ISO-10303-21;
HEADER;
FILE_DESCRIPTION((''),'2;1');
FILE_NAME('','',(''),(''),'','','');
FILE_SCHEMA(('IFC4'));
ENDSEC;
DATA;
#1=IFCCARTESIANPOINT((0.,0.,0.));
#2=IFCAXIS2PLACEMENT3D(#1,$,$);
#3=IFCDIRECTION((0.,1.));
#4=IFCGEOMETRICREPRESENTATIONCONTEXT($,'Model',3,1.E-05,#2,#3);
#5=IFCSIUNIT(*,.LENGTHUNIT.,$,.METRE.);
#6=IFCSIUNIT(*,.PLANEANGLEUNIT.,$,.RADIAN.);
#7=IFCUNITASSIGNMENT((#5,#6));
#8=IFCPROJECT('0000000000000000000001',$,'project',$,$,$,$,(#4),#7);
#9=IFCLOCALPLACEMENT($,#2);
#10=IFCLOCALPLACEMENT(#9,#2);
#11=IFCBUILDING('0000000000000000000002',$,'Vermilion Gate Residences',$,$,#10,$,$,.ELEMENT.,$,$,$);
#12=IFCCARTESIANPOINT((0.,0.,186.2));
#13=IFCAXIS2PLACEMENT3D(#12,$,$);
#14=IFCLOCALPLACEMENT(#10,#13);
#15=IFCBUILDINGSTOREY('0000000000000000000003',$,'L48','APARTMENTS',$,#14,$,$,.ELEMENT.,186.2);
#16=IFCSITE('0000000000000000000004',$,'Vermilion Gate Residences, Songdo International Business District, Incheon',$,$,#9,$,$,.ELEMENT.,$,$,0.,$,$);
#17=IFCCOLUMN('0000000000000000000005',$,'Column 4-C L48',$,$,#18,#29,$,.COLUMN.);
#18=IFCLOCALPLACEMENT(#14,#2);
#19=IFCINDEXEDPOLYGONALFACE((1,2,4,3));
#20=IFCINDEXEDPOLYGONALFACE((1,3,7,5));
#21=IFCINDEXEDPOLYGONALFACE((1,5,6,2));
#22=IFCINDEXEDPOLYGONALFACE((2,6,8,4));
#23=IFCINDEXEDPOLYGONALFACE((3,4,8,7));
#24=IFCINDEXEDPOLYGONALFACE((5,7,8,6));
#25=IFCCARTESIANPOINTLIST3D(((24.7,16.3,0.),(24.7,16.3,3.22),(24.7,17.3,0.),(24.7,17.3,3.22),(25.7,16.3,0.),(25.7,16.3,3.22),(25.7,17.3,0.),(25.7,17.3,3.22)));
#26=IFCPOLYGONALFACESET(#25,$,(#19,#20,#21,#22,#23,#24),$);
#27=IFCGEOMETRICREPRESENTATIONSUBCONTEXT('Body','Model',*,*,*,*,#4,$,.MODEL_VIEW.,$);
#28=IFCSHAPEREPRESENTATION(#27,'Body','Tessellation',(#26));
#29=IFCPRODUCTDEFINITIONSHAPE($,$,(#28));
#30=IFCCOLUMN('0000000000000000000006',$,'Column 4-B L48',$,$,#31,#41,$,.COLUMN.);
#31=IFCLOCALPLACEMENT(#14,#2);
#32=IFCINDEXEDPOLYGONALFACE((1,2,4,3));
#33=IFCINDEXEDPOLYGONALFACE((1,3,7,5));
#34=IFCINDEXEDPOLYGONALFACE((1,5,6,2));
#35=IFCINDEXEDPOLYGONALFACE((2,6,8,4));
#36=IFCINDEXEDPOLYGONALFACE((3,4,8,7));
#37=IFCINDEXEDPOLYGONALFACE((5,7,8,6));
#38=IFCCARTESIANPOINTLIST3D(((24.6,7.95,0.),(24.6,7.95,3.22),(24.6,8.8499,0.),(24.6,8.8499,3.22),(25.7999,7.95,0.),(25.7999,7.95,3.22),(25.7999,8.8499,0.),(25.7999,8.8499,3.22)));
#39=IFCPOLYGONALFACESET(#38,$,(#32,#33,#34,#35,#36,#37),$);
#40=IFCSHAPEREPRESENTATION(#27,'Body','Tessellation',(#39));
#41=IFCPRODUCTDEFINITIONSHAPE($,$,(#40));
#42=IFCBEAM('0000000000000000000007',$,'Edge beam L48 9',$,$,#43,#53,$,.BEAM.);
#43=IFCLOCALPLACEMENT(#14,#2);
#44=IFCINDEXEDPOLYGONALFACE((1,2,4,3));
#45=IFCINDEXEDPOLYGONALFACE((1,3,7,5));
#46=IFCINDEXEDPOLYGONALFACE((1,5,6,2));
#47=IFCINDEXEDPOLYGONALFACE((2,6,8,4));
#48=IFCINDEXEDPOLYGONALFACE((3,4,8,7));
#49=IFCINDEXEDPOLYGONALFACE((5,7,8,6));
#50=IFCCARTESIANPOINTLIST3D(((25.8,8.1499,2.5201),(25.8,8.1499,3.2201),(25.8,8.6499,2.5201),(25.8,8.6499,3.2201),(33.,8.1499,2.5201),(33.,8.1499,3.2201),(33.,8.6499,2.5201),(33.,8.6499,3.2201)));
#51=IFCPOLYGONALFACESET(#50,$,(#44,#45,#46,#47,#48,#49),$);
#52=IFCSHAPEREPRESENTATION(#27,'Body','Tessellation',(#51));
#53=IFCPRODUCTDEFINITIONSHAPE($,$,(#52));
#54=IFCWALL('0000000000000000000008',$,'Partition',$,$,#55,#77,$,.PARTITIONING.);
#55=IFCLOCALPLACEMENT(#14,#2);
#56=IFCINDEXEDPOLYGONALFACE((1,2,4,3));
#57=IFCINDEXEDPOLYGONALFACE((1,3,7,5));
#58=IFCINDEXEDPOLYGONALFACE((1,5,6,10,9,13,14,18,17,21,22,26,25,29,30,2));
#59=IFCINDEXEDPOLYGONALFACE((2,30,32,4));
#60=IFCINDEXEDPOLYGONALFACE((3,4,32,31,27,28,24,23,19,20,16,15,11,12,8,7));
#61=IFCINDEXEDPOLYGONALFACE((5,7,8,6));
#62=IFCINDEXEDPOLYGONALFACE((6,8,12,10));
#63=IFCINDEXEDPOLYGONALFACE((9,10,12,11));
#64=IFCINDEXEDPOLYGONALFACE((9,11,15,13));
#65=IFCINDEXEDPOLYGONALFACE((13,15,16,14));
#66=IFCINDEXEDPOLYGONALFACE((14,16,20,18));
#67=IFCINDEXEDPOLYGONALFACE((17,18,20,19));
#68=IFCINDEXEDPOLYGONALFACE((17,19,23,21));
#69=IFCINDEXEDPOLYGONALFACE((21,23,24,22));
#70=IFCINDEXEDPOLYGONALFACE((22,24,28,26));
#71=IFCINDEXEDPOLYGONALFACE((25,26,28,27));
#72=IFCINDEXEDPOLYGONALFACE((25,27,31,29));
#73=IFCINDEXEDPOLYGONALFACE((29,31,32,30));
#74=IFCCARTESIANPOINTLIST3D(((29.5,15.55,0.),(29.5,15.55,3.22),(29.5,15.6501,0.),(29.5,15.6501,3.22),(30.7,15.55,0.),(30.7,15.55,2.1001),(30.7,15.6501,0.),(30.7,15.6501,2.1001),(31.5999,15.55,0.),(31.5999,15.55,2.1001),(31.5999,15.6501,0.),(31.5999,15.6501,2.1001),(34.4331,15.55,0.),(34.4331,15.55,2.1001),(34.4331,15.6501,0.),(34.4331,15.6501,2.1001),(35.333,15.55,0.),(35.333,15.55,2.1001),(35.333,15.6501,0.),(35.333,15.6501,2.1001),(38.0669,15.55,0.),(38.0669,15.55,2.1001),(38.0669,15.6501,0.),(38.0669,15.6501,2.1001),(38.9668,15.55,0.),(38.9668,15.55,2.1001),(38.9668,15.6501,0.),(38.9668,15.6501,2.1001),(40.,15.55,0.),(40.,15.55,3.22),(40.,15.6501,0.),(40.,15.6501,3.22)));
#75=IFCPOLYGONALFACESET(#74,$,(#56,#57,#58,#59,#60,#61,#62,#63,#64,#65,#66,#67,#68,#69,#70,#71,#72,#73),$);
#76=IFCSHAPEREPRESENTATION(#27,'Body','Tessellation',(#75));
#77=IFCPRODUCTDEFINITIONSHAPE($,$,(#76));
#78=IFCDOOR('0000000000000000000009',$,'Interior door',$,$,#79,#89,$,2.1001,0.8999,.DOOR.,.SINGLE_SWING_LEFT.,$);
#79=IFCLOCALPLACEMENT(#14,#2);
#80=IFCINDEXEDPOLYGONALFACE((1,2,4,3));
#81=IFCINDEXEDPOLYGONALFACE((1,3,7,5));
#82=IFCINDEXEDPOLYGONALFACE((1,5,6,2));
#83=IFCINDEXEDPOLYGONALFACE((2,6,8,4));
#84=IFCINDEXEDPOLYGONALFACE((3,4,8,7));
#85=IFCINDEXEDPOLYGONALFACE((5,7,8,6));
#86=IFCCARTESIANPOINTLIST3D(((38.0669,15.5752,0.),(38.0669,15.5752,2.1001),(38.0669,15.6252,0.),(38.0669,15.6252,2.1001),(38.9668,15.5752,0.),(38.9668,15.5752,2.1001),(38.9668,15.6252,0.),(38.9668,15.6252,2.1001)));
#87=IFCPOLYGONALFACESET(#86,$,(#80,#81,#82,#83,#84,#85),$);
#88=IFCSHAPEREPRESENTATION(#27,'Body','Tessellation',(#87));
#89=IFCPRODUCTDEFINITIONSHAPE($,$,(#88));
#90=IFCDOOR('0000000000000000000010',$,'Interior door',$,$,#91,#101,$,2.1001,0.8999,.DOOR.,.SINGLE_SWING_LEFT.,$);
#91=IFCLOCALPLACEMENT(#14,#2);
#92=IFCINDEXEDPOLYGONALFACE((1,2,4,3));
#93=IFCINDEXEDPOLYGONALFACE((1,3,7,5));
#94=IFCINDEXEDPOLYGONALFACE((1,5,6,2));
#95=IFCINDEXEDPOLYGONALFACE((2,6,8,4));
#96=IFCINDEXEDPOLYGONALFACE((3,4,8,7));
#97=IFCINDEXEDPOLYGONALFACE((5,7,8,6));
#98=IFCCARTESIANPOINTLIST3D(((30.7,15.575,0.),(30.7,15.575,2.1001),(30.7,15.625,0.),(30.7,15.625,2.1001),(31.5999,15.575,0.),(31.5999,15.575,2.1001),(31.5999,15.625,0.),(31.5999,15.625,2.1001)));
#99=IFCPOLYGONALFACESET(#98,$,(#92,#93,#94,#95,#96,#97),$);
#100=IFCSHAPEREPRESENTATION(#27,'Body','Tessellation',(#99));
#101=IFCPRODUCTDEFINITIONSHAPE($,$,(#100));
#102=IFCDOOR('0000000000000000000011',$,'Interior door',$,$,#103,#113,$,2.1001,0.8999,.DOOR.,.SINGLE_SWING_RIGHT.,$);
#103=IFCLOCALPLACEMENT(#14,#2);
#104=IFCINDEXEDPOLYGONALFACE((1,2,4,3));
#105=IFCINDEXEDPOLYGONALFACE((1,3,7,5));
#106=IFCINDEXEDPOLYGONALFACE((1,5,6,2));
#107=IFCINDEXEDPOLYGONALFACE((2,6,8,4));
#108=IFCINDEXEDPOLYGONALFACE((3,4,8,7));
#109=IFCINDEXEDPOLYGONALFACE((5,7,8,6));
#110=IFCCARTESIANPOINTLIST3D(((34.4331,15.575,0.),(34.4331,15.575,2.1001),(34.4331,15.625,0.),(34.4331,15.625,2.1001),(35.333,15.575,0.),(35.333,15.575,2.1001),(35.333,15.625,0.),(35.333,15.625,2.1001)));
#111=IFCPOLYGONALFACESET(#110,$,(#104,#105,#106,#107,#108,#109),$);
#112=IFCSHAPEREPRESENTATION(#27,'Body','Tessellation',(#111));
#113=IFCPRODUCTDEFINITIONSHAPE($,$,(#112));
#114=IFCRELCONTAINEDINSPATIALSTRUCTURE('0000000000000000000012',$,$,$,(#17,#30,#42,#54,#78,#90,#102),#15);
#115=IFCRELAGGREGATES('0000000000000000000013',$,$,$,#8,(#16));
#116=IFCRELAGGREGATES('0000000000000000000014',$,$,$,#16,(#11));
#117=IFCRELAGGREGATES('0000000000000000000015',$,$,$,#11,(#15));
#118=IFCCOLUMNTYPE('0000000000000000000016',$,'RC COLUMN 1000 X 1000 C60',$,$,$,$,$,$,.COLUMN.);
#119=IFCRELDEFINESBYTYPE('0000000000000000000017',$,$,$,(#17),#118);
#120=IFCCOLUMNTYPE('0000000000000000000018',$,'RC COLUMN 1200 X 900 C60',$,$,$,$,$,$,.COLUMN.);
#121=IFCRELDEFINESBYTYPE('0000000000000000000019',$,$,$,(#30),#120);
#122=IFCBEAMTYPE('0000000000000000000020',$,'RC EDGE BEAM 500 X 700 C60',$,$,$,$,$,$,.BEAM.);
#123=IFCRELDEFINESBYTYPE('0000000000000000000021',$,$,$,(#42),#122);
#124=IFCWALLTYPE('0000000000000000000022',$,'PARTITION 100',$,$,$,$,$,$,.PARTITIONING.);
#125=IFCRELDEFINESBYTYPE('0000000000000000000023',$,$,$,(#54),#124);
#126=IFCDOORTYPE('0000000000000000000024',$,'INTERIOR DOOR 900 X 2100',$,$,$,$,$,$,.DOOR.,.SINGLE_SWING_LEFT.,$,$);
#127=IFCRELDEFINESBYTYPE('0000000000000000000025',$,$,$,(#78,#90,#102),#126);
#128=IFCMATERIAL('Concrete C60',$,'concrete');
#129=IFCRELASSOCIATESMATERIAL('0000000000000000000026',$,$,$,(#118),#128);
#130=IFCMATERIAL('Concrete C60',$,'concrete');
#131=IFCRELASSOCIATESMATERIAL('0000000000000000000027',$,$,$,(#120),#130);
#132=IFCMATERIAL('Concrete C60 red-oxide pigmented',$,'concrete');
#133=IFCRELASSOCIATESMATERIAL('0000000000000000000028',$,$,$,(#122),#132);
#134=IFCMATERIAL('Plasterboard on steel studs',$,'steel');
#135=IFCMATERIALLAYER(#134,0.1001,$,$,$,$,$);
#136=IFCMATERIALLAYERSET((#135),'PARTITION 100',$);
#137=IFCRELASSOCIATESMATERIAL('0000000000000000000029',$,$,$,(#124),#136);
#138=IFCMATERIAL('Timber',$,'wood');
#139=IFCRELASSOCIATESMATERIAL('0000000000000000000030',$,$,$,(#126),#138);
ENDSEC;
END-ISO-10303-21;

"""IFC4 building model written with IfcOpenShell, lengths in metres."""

from ifc_helpers import new_model, si_unit, direction, frame, frame_2d, origin, origin_2d, place, context, subcontext, project, spatial, rectangle, extrude, material, layer, layer_set, material_profile, profile_set, type_object, element, fill, save


model = new_model("IFC4")

# Units and contexts
model_context = context("Model", 3, precision=1e-05, world=origin(), true_north=direction((0.0, 1.0)))
body_context = subcontext(model_context, "Body", "Model", "MODEL_VIEW")
ifc_project = project(units=[si_unit("LENGTHUNIT", "METRE"), si_unit("PLANEANGLEUNIT", "RADIAN")], contexts=[model_context])

# Site, building, storey
site_placement = place(None, origin())
site = spatial("IfcSite", under=ifc_project, at=site_placement, Name="Vermilion Gate Residences, Songdo International Business District, Incheon", CompositionType="ELEMENT", RefElevation=0.0)
building_placement = place(site_placement, origin())
building = spatial("IfcBuilding", under=site, at=building_placement, Name="Vermilion Gate Residences", CompositionType="ELEMENT")
storey_placement = place(building_placement, frame((0.0, 0.0, 186.2)))
storey = spatial("IfcBuildingStorey", under=building, at=storey_placement, Name="L48", Description="APARTMENTS", CompositionType="ELEMENT", Elevation=186.2)

# Columns
ifc_material_1 = material(Name="Concrete C60", Category="concrete")
ifc_material_profile_1 = material_profile(ifc_material_1, rectangle(XDim=1.0, YDim=1.0, at=origin_2d()), Name="RC-1000x1000")
ifc_profile_set_1 = profile_set([ifc_material_profile_1], Name="Concrete C60")
column_type_1 = type_object("IfcColumnType", Name="RC COLUMN 1000 X 1000 C60", PredefinedType="COLUMN", material=ifc_profile_set_1)
column_1_placement = place(storey_placement, frame((25.2, 16.8, 0.0), z_axis=(0.0, 0.0, 1.0), x_axis=(1.0, 0.0, 0.0)))
element("IfcColumn", 1, at=column_1_placement, inside=storey, type_object=column_type_1, Name="Column 4-C L48", PredefinedType="COLUMN", context=body_context, shape_type="SweptSolid", body=[
    extrude(rectangle(XDim=1.0, YDim=1.0, at=origin_2d()), origin(), (0.0, 0.0, 1.0), 3.22),
])
ifc_material_2 = material(Name="Concrete C60", Category="concrete")
ifc_material_profile_2 = material_profile(ifc_material_2, rectangle(XDim=1.2, YDim=0.8999, at=origin_2d()), Name="RC-1200x900")
ifc_profile_set_2 = profile_set([ifc_material_profile_2], Name="Concrete C60")
column_type_2 = type_object("IfcColumnType", Name="RC COLUMN 1200 X 900 C60", PredefinedType="COLUMN", material=ifc_profile_set_2)
column_2_placement = place(storey_placement, frame((25.2, 8.3999, 0.0), z_axis=(0.0, 0.0, 1.0), x_axis=(1.0, 0.0, 0.0)))
element("IfcColumn", 2, at=column_2_placement, inside=storey, type_object=column_type_2, Name="Column 4-B L48", PredefinedType="COLUMN", context=body_context, shape_type="SweptSolid", body=[
    extrude(rectangle(XDim=1.2, YDim=0.8999, at=origin_2d()), origin(), (0.0, 0.0, 1.0), 3.22),
])

# Beam
ifc_material_3 = material(Name="Concrete C60 red-oxide pigmented", Category="concrete")
ifc_material_profile_3 = material_profile(ifc_material_3, rectangle(XDim=0.5, YDim=0.7, at=origin_2d()), Name="RC-500x700")
ifc_profile_set_3 = profile_set([ifc_material_profile_3], Name="Concrete C60 red-oxide pigmented")
beam_type = type_object("IfcBeamType", Name="RC EDGE BEAM 500 X 700 C60", PredefinedType="BEAM", material=ifc_profile_set_3)
beam_placement = place(storey_placement, frame((25.8, 8.3999, 2.8701), z_axis=(1.0, 0.0, 0.0), x_axis=(0.0, 1.0, 0.0)))
element("IfcBeam", 3, at=beam_placement, inside=storey, type_object=beam_type, Name="Edge beam L48 9", PredefinedType="BEAM", context=body_context, shape_type="SweptSolid", body=[
    extrude(rectangle(XDim=0.5, YDim=0.7, at=origin_2d()), origin(), (0.0, 0.0, 1.0), 7.2),
])

# Wall, openings, doors
ifc_material_4 = material(Name="Plasterboard on steel studs", Category="steel")
ifc_layer_1 = layer(ifc_material_4, 0.1001)
ifc_layer_set_1 = layer_set([ifc_layer_1], Name="PARTITION 100")
wall_type_1 = type_object("IfcWallType", Name="PARTITION 100", PredefinedType="PARTITIONING", material=ifc_layer_set_1)
wall_1_placement = place(storey_placement, frame((29.5, 15.6001, 0.0), z_axis=(0.0, 0.0, 1.0), x_axis=(1.0, 0.0, 0.0)))
wall_1 = element("IfcWall", 4, at=wall_1_placement, inside=storey, type_object=wall_type_1, Name="Partition", PredefinedType="PARTITIONING", context=body_context, shape_type="SweptSolid", body=[
    extrude(rectangle(XDim=10.5, YDim=0.1001, at=frame_2d((5.25, 0.0))), origin(), (0.0, 0.0, 1.0), 3.22),
])
opening_1_placement = place(wall_1_placement, frame((8.5669, 0.0, 0.0)))
opening_1 = element("IfcOpeningElement", 5, at=opening_1_placement, cuts=wall_1, PredefinedType="OPENING", context=body_context, shape_type="SweptSolid", body=[
    extrude(rectangle(XDim=0.8999, YDim=2.1001, at=frame_2d((0.45, 1.05))), frame((0.0, 0.0601, 0.0), z_axis=(0.0, -1.0, 0.0), x_axis=(1.0, 0.0, 0.0)), (0.0, 0.0, 1.0), 0.1201),
])
opening_2_placement = place(wall_1_placement, frame((1.2, 0.0, 0.0)))
opening_2 = element("IfcOpeningElement", 6, at=opening_2_placement, cuts=wall_1, PredefinedType="OPENING", context=body_context, shape_type="SweptSolid", body=[
    extrude(rectangle(XDim=0.8999, YDim=2.1001, at=frame_2d((0.45, 1.05))), frame((0.0, 0.0601, 0.0), z_axis=(0.0, -1.0, 0.0), x_axis=(1.0, 0.0, 0.0)), (0.0, 0.0, 1.0), 0.1201),
])
opening_3_placement = place(wall_1_placement, frame((4.9331, 0.0, 0.0)))
opening_3 = element("IfcOpeningElement", 7, at=opening_3_placement, cuts=wall_1, PredefinedType="OPENING", context=body_context, shape_type="SweptSolid", body=[
    extrude(rectangle(XDim=0.8999, YDim=2.1001, at=frame_2d((0.45, 1.05))), frame((0.0, 0.0601, 0.0), z_axis=(0.0, -1.0, 0.0), x_axis=(1.0, 0.0, 0.0)), (0.0, 0.0, 1.0), 0.1201),
])
ifc_material_5 = material(Name="Timber", Category="wood")
door_type = type_object("IfcDoorType", Name="INTERIOR DOOR 900 X 2100", OperationType="SINGLE_SWING_LEFT", PredefinedType="DOOR", material=ifc_material_5)
door_1_placement = place(opening_1_placement, frame((0.8999, 0.0, 0.0), z_axis=(0.0, 0.0, 1.0), x_axis=(-1.0, 0.0, 0.0)))
door_1 = element("IfcDoor", 8, at=door_1_placement, inside=storey, type_object=door_type, Name="Interior door", OperationType="SINGLE_SWING_LEFT", OverallHeight=2.1001, OverallWidth=0.8999, PredefinedType="DOOR", context=body_context, shape_type="SweptSolid", body=[
    extrude(rectangle(XDim=0.8999, YDim=2.1001, at=frame_2d((0.45, 1.05))), frame((0.0, 0.0249, 0.0), z_axis=(0.0, -1.0, 0.0), x_axis=(1.0, 0.0, 0.0)), (0.0, 0.0, 1.0), 0.05),
])
fill(opening_1, door_1)
door_2_placement = place(opening_2_placement, origin())
door_2 = element("IfcDoor", 9, at=door_2_placement, inside=storey, type_object=door_type, Name="Interior door", OperationType="SINGLE_SWING_LEFT", OverallHeight=2.1001, OverallWidth=0.8999, PredefinedType="DOOR", context=body_context, shape_type="SweptSolid", body=[
    extrude(rectangle(XDim=0.8999, YDim=2.1001, at=frame_2d((0.45, 1.05))), frame((0.0, 0.0249, 0.0), z_axis=(0.0, -1.0, 0.0), x_axis=(1.0, 0.0, 0.0)), (0.0, 0.0, 1.0), 0.05),
])
fill(opening_2, door_2)
door_3_placement = place(opening_3_placement, origin())
door_3 = element("IfcDoor", 10, at=door_3_placement, inside=storey, type_object=door_type, Name="Interior door", OperationType="SINGLE_SWING_RIGHT", OverallHeight=2.1001, OverallWidth=0.8999, PredefinedType="DOOR", context=body_context, shape_type="SweptSolid", body=[
    extrude(rectangle(XDim=0.8999, YDim=2.1001, at=frame_2d((0.45, 1.05))), frame((0.0, 0.0249, 0.0), z_axis=(0.0, -1.0, 0.0), x_axis=(1.0, 0.0, 0.0)), (0.0, 0.0, 1.0), 0.05),
])
fill(opening_3, door_3)

save(model, "model.ifc")
